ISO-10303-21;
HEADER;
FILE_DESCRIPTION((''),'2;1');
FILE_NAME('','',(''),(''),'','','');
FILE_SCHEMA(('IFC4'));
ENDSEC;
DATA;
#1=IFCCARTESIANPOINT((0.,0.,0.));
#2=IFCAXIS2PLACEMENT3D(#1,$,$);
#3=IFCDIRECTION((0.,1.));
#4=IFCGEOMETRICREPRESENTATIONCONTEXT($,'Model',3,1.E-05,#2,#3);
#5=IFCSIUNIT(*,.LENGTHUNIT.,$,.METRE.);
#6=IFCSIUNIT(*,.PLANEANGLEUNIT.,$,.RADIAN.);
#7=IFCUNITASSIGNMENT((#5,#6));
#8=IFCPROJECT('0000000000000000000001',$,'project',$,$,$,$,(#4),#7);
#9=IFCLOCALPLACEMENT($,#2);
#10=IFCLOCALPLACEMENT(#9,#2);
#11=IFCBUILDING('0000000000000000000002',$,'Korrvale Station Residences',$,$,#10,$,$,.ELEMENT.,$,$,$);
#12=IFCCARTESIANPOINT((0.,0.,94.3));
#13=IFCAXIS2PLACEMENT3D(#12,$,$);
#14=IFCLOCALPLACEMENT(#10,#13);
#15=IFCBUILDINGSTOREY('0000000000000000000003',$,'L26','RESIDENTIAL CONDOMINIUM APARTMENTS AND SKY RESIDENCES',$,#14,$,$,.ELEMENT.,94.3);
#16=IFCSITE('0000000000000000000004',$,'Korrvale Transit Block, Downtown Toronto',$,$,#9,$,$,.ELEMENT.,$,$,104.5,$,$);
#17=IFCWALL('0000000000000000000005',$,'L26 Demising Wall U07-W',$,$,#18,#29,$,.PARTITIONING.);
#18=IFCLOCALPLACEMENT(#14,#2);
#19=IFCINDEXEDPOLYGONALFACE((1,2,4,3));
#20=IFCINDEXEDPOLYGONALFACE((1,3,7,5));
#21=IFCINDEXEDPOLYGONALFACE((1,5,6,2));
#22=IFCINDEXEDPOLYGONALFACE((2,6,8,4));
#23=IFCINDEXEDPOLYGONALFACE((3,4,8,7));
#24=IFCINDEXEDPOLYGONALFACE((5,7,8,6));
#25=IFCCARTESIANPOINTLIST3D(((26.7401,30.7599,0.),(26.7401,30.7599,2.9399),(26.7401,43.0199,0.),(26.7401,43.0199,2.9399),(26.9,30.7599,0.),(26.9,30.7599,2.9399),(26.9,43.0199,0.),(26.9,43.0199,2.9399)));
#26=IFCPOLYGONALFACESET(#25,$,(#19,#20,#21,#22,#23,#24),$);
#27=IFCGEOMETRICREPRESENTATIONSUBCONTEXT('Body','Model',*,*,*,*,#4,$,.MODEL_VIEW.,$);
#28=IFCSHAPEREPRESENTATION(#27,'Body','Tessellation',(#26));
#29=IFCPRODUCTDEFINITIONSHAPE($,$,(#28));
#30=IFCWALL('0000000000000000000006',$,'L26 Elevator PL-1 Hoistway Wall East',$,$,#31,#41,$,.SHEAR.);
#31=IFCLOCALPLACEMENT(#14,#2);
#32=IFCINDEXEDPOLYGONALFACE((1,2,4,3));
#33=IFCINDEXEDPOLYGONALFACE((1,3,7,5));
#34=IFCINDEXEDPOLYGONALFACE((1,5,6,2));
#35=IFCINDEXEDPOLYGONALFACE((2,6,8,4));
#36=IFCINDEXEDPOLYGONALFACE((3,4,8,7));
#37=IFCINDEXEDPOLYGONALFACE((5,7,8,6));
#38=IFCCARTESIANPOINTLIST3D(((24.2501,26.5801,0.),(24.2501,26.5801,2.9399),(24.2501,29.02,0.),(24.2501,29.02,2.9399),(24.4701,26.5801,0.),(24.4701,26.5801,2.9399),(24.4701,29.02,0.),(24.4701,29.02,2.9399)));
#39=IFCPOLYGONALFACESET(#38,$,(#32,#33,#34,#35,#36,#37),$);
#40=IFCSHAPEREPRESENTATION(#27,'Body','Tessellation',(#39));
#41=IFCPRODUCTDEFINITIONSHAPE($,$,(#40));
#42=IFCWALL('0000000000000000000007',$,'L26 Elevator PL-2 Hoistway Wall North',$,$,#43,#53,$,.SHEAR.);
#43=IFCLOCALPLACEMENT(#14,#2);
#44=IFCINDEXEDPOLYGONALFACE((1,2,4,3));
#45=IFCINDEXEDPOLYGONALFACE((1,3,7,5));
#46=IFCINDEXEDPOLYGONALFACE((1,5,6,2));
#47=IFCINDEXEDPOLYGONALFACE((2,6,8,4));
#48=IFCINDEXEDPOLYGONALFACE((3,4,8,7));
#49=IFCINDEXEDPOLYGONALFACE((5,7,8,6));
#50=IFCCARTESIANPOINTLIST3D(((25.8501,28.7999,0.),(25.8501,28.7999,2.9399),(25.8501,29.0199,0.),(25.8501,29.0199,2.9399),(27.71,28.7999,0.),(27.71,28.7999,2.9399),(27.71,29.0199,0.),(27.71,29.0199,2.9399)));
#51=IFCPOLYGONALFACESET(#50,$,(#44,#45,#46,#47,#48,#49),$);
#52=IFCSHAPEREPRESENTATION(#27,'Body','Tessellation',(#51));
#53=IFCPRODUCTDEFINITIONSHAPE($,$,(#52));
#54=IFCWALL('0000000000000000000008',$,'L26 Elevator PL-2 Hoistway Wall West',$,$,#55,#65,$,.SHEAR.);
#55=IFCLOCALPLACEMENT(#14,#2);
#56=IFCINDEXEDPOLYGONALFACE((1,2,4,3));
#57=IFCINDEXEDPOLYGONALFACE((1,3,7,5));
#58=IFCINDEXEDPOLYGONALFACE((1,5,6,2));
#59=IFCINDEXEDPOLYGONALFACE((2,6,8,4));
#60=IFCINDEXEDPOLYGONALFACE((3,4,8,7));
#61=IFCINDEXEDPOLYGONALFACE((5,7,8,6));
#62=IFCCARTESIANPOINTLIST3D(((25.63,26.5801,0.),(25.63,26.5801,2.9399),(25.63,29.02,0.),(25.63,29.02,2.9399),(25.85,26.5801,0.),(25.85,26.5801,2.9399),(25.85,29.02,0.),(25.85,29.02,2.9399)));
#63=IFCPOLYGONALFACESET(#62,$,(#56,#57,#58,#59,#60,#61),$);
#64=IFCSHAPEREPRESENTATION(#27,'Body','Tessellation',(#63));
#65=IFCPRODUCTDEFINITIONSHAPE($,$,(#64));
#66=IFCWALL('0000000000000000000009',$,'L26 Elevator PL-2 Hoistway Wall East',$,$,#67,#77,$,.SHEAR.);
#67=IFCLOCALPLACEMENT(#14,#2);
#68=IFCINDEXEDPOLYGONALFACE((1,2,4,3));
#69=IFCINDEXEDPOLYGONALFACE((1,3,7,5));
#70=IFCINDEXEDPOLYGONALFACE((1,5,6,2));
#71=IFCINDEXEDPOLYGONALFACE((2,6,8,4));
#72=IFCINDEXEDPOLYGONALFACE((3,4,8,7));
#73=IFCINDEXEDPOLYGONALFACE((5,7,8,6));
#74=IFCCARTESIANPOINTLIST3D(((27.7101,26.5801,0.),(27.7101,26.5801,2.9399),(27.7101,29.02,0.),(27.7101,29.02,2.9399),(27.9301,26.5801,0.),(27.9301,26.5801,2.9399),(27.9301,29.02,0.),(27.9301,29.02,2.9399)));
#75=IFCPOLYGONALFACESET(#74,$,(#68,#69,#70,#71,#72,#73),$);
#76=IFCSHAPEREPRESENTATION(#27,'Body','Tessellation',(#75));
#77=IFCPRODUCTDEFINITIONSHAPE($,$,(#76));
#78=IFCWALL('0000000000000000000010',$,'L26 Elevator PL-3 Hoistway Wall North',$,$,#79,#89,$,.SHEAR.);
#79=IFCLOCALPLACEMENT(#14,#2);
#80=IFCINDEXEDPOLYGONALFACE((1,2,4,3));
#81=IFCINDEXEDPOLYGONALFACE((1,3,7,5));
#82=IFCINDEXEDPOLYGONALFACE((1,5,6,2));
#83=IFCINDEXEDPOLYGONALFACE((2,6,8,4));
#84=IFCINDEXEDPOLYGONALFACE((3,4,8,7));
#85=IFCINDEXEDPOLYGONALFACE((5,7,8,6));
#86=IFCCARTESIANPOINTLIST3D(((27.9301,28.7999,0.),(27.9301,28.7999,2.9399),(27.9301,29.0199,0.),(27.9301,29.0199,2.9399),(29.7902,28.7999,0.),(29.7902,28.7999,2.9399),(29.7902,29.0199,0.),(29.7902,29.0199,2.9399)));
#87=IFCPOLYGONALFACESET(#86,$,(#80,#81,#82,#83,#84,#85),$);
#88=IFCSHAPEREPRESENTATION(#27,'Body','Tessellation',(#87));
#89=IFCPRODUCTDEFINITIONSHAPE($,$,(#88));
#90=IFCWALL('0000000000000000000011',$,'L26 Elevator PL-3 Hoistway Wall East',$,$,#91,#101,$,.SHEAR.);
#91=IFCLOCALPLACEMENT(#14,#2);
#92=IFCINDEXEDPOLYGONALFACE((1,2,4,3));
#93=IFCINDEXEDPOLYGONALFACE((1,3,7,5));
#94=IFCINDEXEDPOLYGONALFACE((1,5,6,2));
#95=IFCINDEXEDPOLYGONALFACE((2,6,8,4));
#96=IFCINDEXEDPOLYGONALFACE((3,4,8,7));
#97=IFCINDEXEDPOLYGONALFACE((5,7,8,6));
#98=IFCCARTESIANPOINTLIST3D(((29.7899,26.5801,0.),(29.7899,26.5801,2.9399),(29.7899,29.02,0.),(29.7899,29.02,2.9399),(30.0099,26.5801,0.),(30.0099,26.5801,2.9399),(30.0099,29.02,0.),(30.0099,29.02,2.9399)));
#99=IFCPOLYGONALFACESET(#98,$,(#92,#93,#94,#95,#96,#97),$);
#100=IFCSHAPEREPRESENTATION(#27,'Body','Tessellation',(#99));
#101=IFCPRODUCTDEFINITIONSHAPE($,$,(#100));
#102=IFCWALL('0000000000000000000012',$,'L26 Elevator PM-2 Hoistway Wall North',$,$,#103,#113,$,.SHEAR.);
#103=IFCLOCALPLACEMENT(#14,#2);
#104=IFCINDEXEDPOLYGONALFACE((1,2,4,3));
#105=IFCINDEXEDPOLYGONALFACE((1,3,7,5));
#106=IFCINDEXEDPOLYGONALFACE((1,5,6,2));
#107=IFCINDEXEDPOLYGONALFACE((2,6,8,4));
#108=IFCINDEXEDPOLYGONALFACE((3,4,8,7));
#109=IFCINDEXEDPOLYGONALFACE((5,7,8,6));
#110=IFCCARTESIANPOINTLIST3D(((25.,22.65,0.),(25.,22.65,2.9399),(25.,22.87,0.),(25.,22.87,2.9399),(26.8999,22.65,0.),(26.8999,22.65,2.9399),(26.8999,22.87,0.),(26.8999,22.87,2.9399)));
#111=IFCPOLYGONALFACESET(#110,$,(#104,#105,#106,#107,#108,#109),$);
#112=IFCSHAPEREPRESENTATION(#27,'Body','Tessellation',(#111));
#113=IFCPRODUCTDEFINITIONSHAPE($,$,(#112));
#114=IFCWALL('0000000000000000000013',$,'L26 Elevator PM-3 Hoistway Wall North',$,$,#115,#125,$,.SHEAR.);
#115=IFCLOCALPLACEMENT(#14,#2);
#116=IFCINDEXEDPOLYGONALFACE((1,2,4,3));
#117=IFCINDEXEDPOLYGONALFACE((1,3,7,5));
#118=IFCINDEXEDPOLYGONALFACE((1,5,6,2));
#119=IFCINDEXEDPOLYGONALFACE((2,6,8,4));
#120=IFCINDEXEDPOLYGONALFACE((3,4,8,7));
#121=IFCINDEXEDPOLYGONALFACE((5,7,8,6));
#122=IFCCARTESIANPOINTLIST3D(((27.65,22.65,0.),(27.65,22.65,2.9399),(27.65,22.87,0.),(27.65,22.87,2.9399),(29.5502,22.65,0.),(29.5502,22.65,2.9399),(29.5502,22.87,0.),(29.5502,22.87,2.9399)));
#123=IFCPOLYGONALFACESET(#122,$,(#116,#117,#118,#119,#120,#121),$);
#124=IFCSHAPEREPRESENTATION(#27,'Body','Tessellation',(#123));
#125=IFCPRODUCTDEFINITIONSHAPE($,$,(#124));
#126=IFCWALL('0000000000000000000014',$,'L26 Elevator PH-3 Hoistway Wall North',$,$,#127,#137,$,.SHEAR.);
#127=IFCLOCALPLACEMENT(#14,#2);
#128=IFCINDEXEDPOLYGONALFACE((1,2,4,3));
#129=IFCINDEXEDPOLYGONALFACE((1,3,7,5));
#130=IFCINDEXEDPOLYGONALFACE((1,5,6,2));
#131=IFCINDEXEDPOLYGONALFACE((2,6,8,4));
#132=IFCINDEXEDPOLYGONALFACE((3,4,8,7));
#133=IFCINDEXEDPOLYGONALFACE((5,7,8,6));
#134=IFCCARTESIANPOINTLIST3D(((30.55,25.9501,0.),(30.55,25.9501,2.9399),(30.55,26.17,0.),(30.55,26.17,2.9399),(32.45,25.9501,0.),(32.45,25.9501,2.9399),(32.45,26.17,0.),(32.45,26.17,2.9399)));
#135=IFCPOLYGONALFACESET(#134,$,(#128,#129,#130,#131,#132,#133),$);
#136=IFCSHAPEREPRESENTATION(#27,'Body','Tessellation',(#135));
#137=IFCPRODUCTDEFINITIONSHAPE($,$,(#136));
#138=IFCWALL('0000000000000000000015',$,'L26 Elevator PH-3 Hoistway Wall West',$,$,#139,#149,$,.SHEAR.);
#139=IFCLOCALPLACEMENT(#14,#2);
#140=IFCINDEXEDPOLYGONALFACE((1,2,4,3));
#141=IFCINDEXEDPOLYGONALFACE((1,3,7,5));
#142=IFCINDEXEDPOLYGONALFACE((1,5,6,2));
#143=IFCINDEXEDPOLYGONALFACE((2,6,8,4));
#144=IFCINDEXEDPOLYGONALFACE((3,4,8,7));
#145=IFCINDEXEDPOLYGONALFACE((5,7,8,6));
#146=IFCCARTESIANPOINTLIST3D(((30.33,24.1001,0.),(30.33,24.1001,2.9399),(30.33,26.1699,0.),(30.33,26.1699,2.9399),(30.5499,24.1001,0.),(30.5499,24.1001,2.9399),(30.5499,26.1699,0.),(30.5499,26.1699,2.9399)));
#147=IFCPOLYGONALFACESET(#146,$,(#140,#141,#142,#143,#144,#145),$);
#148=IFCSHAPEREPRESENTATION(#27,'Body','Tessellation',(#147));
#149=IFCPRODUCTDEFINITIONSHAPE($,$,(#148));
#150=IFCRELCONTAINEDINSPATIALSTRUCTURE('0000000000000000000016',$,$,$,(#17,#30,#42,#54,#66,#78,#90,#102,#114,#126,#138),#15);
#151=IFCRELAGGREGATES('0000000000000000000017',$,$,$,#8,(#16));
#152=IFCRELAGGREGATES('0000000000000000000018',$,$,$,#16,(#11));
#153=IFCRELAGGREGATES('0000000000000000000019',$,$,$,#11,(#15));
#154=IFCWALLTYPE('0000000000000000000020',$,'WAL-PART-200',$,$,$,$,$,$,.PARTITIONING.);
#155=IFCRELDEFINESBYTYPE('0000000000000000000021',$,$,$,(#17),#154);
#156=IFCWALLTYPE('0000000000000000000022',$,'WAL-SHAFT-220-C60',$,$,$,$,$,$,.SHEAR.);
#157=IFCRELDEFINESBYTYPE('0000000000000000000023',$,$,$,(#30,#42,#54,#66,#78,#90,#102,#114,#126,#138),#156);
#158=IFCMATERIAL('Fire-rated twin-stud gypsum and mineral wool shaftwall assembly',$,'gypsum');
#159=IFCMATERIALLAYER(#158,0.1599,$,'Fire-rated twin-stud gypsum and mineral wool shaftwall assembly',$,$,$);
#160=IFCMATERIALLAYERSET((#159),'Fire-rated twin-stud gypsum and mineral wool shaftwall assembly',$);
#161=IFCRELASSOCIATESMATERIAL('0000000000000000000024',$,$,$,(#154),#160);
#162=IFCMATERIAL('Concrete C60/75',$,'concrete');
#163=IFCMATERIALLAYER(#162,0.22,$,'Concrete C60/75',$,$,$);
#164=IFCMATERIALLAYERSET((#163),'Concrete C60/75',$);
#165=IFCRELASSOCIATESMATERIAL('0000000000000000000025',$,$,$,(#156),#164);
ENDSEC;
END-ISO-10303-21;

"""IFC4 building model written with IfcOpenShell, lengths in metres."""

from ifc_helpers import new_model, si_unit, direction, frame, frame_2d, origin, place, context, subcontext, project, spatial, rectangle, extrude, material, layer, layer_set, type_object, element, save


model = new_model("IFC4")

# Units and contexts
model_context = context("Model", 3, precision=1e-05, world=origin(), true_north=direction((0.0, 1.0)))
body_context = subcontext(model_context, "Body", "Model", "MODEL_VIEW")
ifc_project = project(units=[si_unit("LENGTHUNIT", "METRE"), si_unit("PLANEANGLEUNIT", "RADIAN")], contexts=[model_context])

# Site, building, storey
site_placement = place(None, origin())
site = spatial("IfcSite", under=ifc_project, at=site_placement, Name="Korrvale Transit Block, Downtown Toronto", CompositionType="ELEMENT", RefElevation=104.5)
building_placement = place(site_placement, origin())
building = spatial("IfcBuilding", under=site, at=building_placement, Name="Korrvale Station Residences", CompositionType="ELEMENT")
storey_placement = place(building_placement, frame((0.0, 0.0, 94.3)))
storey = spatial("IfcBuildingStorey", under=building, at=storey_placement, Name="L26", Description="RESIDENTIAL CONDOMINIUM APARTMENTS AND SKY RESIDENCES", CompositionType="ELEMENT", Elevation=94.3)

# Shared definitions
ifc_material_1 = material(Name="Concrete C60/75", Category="concrete")

# Shared definitions
ifc_material_2 = material(Name="Fire-rated twin-stud gypsum and mineral wool shaftwall assembly", Category="gypsum")
ifc_layer_1 = layer(ifc_material_2, 0.1599, Name="Fire-rated twin-stud gypsum and mineral wool shaftwall assembly")
ifc_layer_set_1 = layer_set([ifc_layer_1], Name="Fire-rated twin-stud gypsum and mineral wool shaftwall assembly")
wall_type_1 = type_object("IfcWallType", Name="WAL-PART-200", PredefinedType="PARTITIONING", material=ifc_layer_set_1)

# Walls
wall_1_placement = place(storey_placement, frame((26.8201, 30.76, 0.0), z_axis=(0.0, 0.0, 1.0), x_axis=(0.0, 1.0, 0.0)))
element("IfcWall", 1, at=wall_1_placement, inside=storey, type_object=wall_type_1, Name="L26 Demising Wall U07-W", PredefinedType="PARTITIONING", context=body_context, shape_type="SweptSolid", body=[
    extrude(rectangle(XDim=12.26, YDim=0.1599, at=frame_2d((6.1299, 0.0))), origin(), (0.0, 0.0, 1.0), 2.9399),
])
ifc_layer_2 = layer(ifc_material_1, 0.22, Name="Concrete C60/75")
ifc_layer_set_2 = layer_set([ifc_layer_2], Name="Concrete C60/75")
wall_type_2 = type_object("IfcWallType", Name="WAL-SHAFT-220-C60", PredefinedType="SHEAR", material=ifc_layer_set_2)
wall_2_placement = place(storey_placement, frame((24.3601, 26.5801, 0.0), z_axis=(0.0, 0.0, 1.0), x_axis=(0.0, 1.0, 0.0)))
element("IfcWall", 2, at=wall_2_placement, inside=storey, type_object=wall_type_2, Name="L26 Elevator PL-1 Hoistway Wall East", PredefinedType="SHEAR", context=body_context, shape_type="SweptSolid", body=[
    extrude(rectangle(XDim=2.4399, YDim=0.22, at=frame_2d((1.22, 0.0))), origin(), (0.0, 0.0, 1.0), 2.9399),
])

# Walls
wall_3_placement = place(storey_placement, frame((25.8501, 28.9099, 0.0), z_axis=(0.0, 0.0, 1.0), x_axis=(1.0, 0.0, 0.0)))
element("IfcWall", 3, at=wall_3_placement, inside=storey, type_object=wall_type_2, Name="L26 Elevator PL-2 Hoistway Wall North", PredefinedType="SHEAR", context=body_context, shape_type="SweptSolid", body=[
    extrude(rectangle(XDim=1.8599, YDim=0.22, at=frame_2d((0.9299, 0.0))), origin(), (0.0, 0.0, 1.0), 2.9399),
])
for number, where, z_axis, x_axis, name in (
    (4, (25.74, 26.5801, 0.0), (0.0, 0.0, 1.0), (0.0, 1.0, 0.0), "L26 Elevator PL-2 Hoistway Wall West"),
    (5, (27.8201, 26.5801, 0.0), (0.0, 0.0, 1.0), (0.0, 1.0, 0.0), "L26 Elevator PL-2 Hoistway Wall East"),
):
    element("IfcWall", number, at=place(storey_placement, frame(where, z_axis=z_axis, x_axis=x_axis)), inside=storey, type_object=wall_type_2, Name=name, PredefinedType="SHEAR", context=body_context, shape_type="SweptSolid", body=[
        extrude(rectangle(XDim=2.4399, YDim=0.22, at=frame_2d((1.22, 0.0))), origin(), (0.0, 0.0, 1.0), 2.9399),
    ])

# Walls
wall_4_placement = place(storey_placement, frame((27.9299, 28.9099, 0.0), z_axis=(0.0, 0.0, 1.0), x_axis=(1.0, 0.0, 0.0)))
element("IfcWall", 6, at=wall_4_placement, inside=storey, type_object=wall_type_2, Name="L26 Elevator PL-3 Hoistway Wall North", PredefinedType="SHEAR", context=body_context, shape_type="SweptSolid", body=[
    extrude(rectangle(XDim=1.8601, YDim=0.22, at=frame_2d((0.9302, 0.0))), origin(), (0.0, 0.0, 1.0), 2.9399),
])
wall_5_placement = place(storey_placement, frame((29.8999, 26.5801, 0.0), z_axis=(0.0, 0.0, 1.0), x_axis=(0.0, 1.0, 0.0)))
element("IfcWall", 7, at=wall_5_placement, inside=storey, type_object=wall_type_2, Name="L26 Elevator PL-3 Hoistway Wall East", PredefinedType="SHEAR", context=body_context, shape_type="SweptSolid", body=[
    extrude(rectangle(XDim=2.4399, YDim=0.22, at=frame_2d((1.22, 0.0))), origin(), (0.0, 0.0, 1.0), 2.9399),
])
wall_6_placement = place(storey_placement, frame((25.0, 22.76, 0.0), z_axis=(0.0, 0.0, 1.0), x_axis=(1.0, 0.0, 0.0)))
element("IfcWall", 8, at=wall_6_placement, inside=storey, type_object=wall_type_2, Name="L26 Elevator PM-2 Hoistway Wall North", PredefinedType="SHEAR", context=body_context, shape_type="SweptSolid", body=[
    extrude(rectangle(XDim=1.8999, YDim=0.22, at=frame_2d((0.95, 0.0))), origin(), (0.0, 0.0, 1.0), 2.9399),
])
wall_7_placement = place(storey_placement, frame((27.6499, 22.76, 0.0), z_axis=(0.0, 0.0, 1.0), x_axis=(1.0, 0.0, 0.0)))
element("IfcWall", 9, at=wall_7_placement, inside=storey, type_object=wall_type_2, Name="L26 Elevator PM-3 Hoistway Wall North", PredefinedType="SHEAR", context=body_context, shape_type="SweptSolid", body=[
    extrude(rectangle(XDim=1.9001, YDim=0.22, at=frame_2d((0.9502, 0.0))), origin(), (0.0, 0.0, 1.0), 2.9399),
])
wall_8_placement = place(storey_placement, frame((30.55, 26.0601, 0.0), z_axis=(0.0, 0.0, 1.0), x_axis=(1.0, 0.0, 0.0)))
element("IfcWall", 10, at=wall_8_placement, inside=storey, type_object=wall_type_2, Name="L26 Elevator PH-3 Hoistway Wall North", PredefinedType="SHEAR", context=body_context, shape_type="SweptSolid", body=[
    extrude(rectangle(XDim=1.8999, YDim=0.22, at=frame_2d((0.95, 0.0))), origin(), (0.0, 0.0, 1.0), 2.9399),
])
wall_9_placement = place(storey_placement, frame((30.4399, 24.1001, 0.0), z_axis=(0.0, 0.0, 1.0), x_axis=(0.0, 1.0, 0.0)))
element("IfcWall", 11, at=wall_9_placement, inside=storey, type_object=wall_type_2, Name="L26 Elevator PH-3 Hoistway Wall West", PredefinedType="SHEAR", context=body_context, shape_type="SweptSolid", body=[
    extrude(rectangle(XDim=2.0698, YDim=0.22, at=frame_2d((1.0349, 0.0))), origin(), (0.0, 0.0, 1.0), 2.9399),
])

save(model, "model.ifc")
